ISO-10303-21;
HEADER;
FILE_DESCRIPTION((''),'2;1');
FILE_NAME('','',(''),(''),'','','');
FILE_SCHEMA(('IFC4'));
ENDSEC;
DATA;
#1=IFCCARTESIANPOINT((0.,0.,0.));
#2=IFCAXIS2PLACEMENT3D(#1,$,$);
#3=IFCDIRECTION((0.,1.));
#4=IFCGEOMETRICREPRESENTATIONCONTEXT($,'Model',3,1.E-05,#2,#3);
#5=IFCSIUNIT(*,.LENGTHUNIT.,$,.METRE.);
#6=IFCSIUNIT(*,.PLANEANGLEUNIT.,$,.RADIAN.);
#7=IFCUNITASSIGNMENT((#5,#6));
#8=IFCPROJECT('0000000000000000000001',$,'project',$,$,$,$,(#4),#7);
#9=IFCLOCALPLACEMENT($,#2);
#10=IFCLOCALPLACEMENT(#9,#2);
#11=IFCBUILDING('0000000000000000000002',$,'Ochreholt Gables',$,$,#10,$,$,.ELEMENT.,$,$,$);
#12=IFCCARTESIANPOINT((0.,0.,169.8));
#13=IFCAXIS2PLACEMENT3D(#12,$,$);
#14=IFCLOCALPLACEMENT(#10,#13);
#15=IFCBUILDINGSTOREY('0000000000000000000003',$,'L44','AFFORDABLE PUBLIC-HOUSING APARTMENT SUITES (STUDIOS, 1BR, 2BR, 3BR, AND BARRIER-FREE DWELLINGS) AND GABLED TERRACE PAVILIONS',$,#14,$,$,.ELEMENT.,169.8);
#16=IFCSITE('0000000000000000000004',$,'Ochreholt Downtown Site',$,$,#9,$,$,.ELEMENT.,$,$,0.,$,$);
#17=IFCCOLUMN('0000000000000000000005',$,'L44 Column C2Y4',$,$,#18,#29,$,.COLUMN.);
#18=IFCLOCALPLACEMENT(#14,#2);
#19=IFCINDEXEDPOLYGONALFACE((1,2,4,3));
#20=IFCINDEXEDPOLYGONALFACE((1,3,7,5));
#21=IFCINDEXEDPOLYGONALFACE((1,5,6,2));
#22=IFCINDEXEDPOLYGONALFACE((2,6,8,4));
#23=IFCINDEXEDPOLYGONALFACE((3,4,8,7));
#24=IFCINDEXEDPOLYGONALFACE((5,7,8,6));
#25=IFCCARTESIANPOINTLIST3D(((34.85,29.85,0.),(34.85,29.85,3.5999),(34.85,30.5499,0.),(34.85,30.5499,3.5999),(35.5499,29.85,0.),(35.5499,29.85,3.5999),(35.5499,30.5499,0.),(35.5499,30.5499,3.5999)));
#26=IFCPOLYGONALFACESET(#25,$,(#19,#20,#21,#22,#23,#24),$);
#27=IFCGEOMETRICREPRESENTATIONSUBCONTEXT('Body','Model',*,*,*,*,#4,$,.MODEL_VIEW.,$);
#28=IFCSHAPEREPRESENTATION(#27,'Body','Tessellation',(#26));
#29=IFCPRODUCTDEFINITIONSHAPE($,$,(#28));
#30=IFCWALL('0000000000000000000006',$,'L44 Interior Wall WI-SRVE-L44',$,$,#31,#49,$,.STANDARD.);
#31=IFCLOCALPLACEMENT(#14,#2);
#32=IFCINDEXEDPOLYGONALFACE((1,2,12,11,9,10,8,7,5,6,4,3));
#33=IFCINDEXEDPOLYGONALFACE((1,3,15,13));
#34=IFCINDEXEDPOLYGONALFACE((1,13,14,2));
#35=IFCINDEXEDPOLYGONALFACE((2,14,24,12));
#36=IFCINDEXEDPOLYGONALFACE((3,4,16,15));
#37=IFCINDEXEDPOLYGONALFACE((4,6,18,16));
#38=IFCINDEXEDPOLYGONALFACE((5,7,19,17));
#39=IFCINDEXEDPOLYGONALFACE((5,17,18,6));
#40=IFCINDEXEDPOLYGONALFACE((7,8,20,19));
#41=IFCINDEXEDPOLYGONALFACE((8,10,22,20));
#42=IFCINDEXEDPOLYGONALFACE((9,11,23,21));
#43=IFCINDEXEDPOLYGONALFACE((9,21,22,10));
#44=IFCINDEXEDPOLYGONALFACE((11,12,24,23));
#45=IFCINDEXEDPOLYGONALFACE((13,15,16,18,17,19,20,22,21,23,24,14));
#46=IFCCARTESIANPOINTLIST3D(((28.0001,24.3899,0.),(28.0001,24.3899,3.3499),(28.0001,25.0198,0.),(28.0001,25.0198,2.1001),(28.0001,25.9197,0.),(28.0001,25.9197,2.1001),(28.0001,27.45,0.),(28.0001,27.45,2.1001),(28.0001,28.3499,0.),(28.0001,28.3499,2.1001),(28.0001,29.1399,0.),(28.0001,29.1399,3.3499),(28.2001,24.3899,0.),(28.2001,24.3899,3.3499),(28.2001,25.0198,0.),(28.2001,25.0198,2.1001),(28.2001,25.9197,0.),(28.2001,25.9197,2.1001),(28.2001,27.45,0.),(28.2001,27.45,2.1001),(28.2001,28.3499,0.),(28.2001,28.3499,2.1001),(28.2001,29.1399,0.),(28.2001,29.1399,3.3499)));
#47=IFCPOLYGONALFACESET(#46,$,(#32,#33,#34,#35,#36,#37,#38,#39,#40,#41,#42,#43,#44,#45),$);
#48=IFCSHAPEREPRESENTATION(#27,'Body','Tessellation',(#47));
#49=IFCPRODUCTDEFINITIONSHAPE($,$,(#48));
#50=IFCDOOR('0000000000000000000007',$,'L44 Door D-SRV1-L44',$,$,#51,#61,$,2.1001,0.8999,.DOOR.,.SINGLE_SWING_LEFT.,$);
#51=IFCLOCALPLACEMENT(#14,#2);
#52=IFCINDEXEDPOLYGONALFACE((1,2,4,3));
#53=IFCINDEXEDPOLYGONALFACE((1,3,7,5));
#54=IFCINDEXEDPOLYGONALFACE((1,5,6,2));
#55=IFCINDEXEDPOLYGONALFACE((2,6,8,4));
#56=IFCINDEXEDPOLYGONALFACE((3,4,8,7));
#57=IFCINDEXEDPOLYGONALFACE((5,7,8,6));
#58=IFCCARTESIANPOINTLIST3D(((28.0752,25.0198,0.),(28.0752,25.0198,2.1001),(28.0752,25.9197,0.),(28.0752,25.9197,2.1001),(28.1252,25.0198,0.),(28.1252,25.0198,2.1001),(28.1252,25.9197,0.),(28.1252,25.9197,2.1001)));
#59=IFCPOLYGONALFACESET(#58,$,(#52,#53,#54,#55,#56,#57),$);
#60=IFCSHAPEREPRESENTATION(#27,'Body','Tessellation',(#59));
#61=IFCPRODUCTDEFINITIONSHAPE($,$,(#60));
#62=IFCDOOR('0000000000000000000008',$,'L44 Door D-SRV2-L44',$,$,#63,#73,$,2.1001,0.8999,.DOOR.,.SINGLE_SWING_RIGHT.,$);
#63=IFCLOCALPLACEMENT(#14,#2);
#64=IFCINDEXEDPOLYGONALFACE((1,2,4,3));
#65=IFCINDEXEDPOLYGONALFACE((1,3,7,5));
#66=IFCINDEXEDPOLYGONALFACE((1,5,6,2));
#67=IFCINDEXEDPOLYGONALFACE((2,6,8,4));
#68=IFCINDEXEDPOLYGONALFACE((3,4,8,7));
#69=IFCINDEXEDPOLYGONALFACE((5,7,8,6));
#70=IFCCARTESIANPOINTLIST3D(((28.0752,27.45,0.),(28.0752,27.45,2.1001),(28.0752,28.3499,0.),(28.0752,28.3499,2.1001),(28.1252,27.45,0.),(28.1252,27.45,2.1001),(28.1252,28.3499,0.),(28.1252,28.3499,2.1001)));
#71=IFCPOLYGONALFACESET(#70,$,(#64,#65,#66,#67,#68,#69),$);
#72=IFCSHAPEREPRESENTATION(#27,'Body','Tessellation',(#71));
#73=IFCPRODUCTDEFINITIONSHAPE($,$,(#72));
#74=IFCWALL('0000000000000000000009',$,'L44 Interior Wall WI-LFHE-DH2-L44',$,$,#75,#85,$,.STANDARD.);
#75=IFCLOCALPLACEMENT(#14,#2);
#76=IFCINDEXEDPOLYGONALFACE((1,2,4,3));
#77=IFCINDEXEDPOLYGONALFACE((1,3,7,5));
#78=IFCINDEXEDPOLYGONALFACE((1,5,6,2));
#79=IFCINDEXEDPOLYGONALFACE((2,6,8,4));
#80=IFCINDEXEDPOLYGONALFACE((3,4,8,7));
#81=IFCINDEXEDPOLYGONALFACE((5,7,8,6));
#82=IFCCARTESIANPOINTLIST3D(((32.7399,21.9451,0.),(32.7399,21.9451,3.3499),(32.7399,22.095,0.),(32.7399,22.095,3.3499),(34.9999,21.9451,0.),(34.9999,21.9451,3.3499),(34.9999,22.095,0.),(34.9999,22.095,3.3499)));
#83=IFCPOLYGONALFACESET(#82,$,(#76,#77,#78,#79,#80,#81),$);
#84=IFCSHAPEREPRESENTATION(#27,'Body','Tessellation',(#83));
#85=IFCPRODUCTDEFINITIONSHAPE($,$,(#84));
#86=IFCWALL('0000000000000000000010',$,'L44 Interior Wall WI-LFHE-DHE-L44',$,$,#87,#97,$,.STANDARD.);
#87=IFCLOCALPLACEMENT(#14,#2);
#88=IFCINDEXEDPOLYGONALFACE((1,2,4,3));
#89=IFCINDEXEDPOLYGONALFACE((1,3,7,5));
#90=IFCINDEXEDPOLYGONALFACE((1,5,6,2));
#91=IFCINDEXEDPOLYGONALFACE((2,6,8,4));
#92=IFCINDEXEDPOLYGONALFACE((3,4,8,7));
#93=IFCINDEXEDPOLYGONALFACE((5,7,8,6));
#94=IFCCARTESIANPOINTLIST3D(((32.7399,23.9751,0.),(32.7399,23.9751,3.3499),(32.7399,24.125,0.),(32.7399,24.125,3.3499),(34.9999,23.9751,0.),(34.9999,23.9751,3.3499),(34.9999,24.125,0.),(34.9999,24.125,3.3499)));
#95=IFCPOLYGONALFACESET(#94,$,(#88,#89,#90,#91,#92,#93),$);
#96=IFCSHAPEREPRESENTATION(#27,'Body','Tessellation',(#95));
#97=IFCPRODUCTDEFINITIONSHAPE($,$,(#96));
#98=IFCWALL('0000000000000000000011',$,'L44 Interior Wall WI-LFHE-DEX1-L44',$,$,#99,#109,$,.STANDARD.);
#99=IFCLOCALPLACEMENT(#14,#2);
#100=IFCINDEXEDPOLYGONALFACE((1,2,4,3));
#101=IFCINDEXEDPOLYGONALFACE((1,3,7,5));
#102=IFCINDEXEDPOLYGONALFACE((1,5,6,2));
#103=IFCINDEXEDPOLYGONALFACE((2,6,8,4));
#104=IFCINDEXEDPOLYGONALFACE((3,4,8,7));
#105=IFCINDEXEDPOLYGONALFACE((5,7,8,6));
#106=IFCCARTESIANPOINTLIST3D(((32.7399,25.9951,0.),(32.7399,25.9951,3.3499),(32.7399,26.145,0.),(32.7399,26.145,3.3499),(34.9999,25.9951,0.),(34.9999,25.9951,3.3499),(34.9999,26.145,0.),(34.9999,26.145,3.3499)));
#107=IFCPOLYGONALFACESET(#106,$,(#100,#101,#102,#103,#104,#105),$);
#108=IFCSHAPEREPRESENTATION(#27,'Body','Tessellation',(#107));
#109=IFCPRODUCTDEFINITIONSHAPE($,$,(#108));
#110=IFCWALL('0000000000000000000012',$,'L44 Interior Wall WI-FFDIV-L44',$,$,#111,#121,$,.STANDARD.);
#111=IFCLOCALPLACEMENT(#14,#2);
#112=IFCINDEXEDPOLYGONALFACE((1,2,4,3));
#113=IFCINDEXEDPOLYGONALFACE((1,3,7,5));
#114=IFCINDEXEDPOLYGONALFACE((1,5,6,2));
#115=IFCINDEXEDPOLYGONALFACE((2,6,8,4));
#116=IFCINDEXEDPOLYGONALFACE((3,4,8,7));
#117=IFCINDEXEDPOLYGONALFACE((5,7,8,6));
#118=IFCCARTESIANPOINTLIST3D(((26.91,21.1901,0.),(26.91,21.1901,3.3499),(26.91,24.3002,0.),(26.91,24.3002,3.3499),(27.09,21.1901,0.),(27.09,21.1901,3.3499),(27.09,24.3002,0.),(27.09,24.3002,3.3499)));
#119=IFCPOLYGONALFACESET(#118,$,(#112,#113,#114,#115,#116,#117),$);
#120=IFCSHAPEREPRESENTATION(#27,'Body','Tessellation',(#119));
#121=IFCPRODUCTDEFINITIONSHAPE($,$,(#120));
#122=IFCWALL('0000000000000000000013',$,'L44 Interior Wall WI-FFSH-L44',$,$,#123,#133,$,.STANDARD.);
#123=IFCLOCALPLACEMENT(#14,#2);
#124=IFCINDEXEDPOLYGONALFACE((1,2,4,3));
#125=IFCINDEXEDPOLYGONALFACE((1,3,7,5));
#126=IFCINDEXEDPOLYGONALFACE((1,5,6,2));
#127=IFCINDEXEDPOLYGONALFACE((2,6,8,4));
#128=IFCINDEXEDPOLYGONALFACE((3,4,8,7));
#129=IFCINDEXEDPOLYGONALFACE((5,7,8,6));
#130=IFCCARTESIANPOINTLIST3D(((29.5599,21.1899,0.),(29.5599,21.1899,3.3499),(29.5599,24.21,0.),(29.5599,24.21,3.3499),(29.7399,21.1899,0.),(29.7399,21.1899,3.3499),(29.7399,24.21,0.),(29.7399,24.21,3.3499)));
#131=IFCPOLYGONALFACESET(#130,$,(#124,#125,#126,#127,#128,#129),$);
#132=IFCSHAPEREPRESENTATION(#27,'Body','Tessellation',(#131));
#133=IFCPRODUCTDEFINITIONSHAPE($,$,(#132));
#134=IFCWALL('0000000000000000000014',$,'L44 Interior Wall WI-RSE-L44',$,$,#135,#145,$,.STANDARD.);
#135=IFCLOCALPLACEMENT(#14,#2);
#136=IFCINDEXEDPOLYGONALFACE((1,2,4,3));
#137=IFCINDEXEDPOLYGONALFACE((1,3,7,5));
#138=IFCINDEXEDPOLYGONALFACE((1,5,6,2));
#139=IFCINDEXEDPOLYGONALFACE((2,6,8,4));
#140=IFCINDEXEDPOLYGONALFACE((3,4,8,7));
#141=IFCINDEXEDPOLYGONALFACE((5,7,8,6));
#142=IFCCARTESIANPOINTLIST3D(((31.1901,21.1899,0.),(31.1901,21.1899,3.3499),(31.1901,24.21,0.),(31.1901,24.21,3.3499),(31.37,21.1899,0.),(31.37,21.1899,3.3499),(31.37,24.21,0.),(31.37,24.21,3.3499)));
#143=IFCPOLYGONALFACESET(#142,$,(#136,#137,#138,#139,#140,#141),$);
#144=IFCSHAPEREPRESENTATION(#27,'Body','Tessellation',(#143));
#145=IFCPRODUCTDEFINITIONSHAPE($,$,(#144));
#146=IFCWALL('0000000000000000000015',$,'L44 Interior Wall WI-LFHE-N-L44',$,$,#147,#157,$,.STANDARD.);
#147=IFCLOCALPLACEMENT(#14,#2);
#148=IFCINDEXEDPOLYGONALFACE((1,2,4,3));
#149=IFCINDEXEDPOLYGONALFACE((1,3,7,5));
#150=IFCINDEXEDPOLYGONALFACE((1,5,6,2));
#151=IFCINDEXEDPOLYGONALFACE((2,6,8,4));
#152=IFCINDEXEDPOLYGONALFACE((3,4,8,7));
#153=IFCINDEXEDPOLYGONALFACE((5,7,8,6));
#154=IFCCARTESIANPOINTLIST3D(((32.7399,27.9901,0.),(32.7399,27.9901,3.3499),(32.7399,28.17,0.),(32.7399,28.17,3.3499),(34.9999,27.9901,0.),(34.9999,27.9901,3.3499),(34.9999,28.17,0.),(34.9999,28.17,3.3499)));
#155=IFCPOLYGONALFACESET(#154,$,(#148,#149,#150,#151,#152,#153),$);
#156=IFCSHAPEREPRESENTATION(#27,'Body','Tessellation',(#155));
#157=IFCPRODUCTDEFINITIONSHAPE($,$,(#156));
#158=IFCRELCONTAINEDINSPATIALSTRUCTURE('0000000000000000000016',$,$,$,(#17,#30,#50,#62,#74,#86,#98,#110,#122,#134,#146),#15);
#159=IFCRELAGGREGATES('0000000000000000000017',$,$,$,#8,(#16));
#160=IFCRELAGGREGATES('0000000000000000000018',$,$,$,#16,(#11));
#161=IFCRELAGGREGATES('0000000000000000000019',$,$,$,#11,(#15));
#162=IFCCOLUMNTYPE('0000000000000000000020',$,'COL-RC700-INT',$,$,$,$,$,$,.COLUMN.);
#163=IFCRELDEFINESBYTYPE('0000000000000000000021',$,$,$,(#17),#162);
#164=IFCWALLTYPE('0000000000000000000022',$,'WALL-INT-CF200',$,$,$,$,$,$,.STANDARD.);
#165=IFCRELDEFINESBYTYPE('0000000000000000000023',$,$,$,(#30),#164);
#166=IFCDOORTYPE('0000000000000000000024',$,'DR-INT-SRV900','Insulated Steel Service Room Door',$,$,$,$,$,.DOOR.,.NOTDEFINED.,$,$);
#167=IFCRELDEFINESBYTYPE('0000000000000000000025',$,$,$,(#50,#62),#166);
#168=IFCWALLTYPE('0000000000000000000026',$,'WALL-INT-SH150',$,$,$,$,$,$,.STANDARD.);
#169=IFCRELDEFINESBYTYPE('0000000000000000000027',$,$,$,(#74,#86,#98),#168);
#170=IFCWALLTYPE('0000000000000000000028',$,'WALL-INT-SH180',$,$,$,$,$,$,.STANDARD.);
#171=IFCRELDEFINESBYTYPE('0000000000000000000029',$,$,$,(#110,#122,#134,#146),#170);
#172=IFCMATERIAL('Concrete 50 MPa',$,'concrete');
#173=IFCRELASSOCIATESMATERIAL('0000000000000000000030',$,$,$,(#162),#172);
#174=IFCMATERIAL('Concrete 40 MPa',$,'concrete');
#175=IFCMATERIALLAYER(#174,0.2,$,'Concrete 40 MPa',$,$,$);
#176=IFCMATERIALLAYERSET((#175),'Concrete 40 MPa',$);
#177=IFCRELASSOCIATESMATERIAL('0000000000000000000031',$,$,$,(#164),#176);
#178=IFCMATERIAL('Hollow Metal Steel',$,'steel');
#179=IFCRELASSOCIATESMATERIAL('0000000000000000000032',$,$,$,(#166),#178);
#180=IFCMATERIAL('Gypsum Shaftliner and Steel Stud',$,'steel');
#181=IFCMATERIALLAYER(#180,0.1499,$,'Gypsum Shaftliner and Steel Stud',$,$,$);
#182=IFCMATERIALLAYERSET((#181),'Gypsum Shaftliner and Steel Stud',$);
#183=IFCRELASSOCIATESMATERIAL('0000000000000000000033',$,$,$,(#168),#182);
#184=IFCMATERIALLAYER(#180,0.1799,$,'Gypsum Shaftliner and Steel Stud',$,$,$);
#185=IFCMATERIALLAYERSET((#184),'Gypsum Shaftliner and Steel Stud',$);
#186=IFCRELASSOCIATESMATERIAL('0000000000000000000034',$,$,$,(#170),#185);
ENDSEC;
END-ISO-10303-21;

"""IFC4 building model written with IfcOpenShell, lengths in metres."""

from ifc_helpers import new_model, si_unit, direction, frame, frame_2d, origin, origin_2d, place, context, subcontext, project, spatial, rectangle, extrude, material, layer, layer_set, material_profile, profile_set, type_object, element, fill, save


model = new_model("IFC4")

# Units and contexts
model_context = context("Model", 3, precision=1e-05, world=origin(), true_north=direction((0.0, 1.0)))
body_context = subcontext(model_context, "Body", "Model", "MODEL_VIEW")
ifc_project = project(units=[si_unit("LENGTHUNIT", "METRE"), si_unit("PLANEANGLEUNIT", "RADIAN")], contexts=[model_context])

# Site, building, storey
site_placement = place(None, origin())
site = spatial("IfcSite", under=ifc_project, at=site_placement, Name="Ochreholt Downtown Site", CompositionType="ELEMENT", RefElevation=0.0)
building_placement = place(site_placement, origin())
building = spatial("IfcBuilding", under=site, at=building_placement, Name="Ochreholt Gables", CompositionType="ELEMENT")
storey_placement = place(building_placement, frame((0.0, 0.0, 169.8)))
storey = spatial("IfcBuildingStorey", under=building, at=storey_placement, Name="L44", Description="AFFORDABLE PUBLIC-HOUSING APARTMENT SUITES (STUDIOS, 1BR, 2BR, 3BR, AND BARRIER-FREE DWELLINGS) AND GABLED TERRACE PAVILIONS", CompositionType="ELEMENT", Elevation=169.8)

# Column
ifc_material_1 = material(Name="Concrete 50 MPa", Category="concrete")
ifc_material_profile = material_profile(ifc_material_1, rectangle(XDim=0.7, YDim=0.7, at=origin_2d()), Name="RC700X700")
ifc_profile_set = profile_set([ifc_material_profile], Name="Concrete 50 MPa")
column_type = type_object("IfcColumnType", Name="COL-RC700-INT", PredefinedType="COLUMN", material=ifc_profile_set)
column_placement = place(storey_placement, frame((35.2, 30.2, 0.0), z_axis=(0.0, 0.0, 1.0), x_axis=(1.0, 0.0, 0.0)))
element("IfcColumn", 1, at=column_placement, inside=storey, type_object=column_type, Name="L44 Column C2Y4", PredefinedType="COLUMN", context=body_context, shape_type="SweptSolid", body=[
    extrude(rectangle(XDim=0.7, YDim=0.7, at=origin_2d()), origin(), (0.0, 0.0, 1.0), 3.5999),
])

# Wall, openings, doors
ifc_material_2 = material(Name="Concrete 40 MPa", Category="concrete")
ifc_layer_1 = layer(ifc_material_2, 0.2, Name="Concrete 40 MPa")
ifc_layer_set_1 = layer_set([ifc_layer_1], Name="Concrete 40 MPa")
wall_type_1 = type_object("IfcWallType", Name="WALL-INT-CF200", PredefinedType="STANDARD", material=ifc_layer_set_1)
wall_1_placement = place(storey_placement, frame((28.1001, 24.3899, 0.0), z_axis=(0.0, 0.0, 1.0), x_axis=(0.0, 1.0, 0.0)))
wall_1 = element("IfcWall", 2, at=wall_1_placement, inside=storey, type_object=wall_type_1, Name="L44 Interior Wall WI-SRVE-L44", PredefinedType="STANDARD", context=body_context, shape_type="SweptSolid", body=[
    extrude(rectangle(XDim=4.75, YDim=0.2, at=frame_2d((2.375, 0.0))), origin(), (0.0, 0.0, 1.0), 3.3499),
])
opening_1_placement = place(wall_1_placement, frame((0.6299, 0.0, 0.0)))
opening_1 = element("IfcOpeningElement", 3, at=opening_1_placement, cuts=wall_1, PredefinedType="OPENING", context=body_context, shape_type="SweptSolid", body=[
    extrude(rectangle(XDim=0.8999, YDim=2.1001, at=frame_2d((0.45, 1.05))), frame((0.0, 0.1099, 0.0), z_axis=(0.0, -1.0, 0.0), x_axis=(1.0, 0.0, 0.0)), (0.0, 0.0, 1.0), 0.22),
])
opening_2_placement = place(wall_1_placement, frame((3.0601, 0.0, 0.0)))
opening_2 = element("IfcOpeningElement", 4, at=opening_2_placement, cuts=wall_1, PredefinedType="OPENING", context=body_context, shape_type="SweptSolid", body=[
    extrude(rectangle(XDim=0.8999, YDim=2.1001, at=frame_2d((0.45, 1.05))), frame((0.0, 0.1099, 0.0), z_axis=(0.0, -1.0, 0.0), x_axis=(1.0, 0.0, 0.0)), (0.0, 0.0, 1.0), 0.22),
])
ifc_material_3 = material(Name="Hollow Metal Steel", Category="steel")
door_type_1 = type_object("IfcDoorType", Name="DR-INT-SRV900", Description="Insulated Steel Service Room Door", OperationType="NOTDEFINED", PredefinedType="DOOR", material=ifc_material_3)
door_1_placement = place(opening_1_placement, origin())
door_1 = element("IfcDoor", 5, at=door_1_placement, inside=storey, type_object=door_type_1, Name="L44 Door D-SRV1-L44", OperationType="SINGLE_SWING_LEFT", OverallHeight=2.1001, OverallWidth=0.8999, PredefinedType="DOOR", context=body_context, shape_type="SweptSolid", body=[
    extrude(rectangle(XDim=0.8999, YDim=2.1001, at=frame_2d((0.45, 1.05))), frame((0.0, 0.0249, 0.0), z_axis=(0.0, -1.0, 0.0), x_axis=(1.0, 0.0, 0.0)), (0.0, 0.0, 1.0), 0.05),
])
fill(opening_1, door_1)
door_2_placement = place(opening_2_placement, origin())
door_2 = element("IfcDoor", 6, at=door_2_placement, inside=storey, type_object=door_type_1, Name="L44 Door D-SRV2-L44", OperationType="SINGLE_SWING_RIGHT", OverallHeight=2.1001, OverallWidth=0.8999, PredefinedType="DOOR", context=body_context, shape_type="SweptSolid", body=[
    extrude(rectangle(XDim=0.8999, YDim=2.1001, at=frame_2d((0.45, 1.05))), frame((0.0, 0.0249, 0.0), z_axis=(0.0, -1.0, 0.0), x_axis=(1.0, 0.0, 0.0)), (0.0, 0.0, 1.0), 0.05),
])
fill(opening_2, door_2)

# Walls
ifc_material_4 = material(Name="Gypsum Shaftliner and Steel Stud", Category="steel")
ifc_layer_2 = layer(ifc_material_4, 0.1499, Name="Gypsum Shaftliner and Steel Stud")
ifc_layer_set_2 = layer_set([ifc_layer_2], Name="Gypsum Shaftliner and Steel Stud")
wall_type_2 = type_object("IfcWallType", Name="WALL-INT-SH150", PredefinedType="STANDARD", material=ifc_layer_set_2)
for number, where, z_axis, x_axis, name in (
    (7, (32.74, 22.02, 0.0), (0.0, 0.0, 1.0), (1.0, 0.0, 0.0), "L44 Interior Wall WI-LFHE-DH2-L44"),
    (8, (32.74, 24.05, 0.0), (0.0, 0.0, 1.0), (1.0, 0.0, 0.0), "L44 Interior Wall WI-LFHE-DHE-L44"),
    (9, (32.74, 26.0701, 0.0), (0.0, 0.0, 1.0), (1.0, 0.0, 0.0), "L44 Interior Wall WI-LFHE-DEX1-L44"),
):
    element("IfcWall", number, at=place(storey_placement, frame(where, z_axis=z_axis, x_axis=x_axis)), inside=storey, type_object=wall_type_2, Name=name, PredefinedType="STANDARD", context=body_context, shape_type="SweptSolid", body=[
        extrude(rectangle(XDim=2.26, YDim=0.1499, at=frame_2d((1.1299, 0.0))), origin(), (0.0, 0.0, 1.0), 3.3499),
    ])
ifc_layer_3 = layer(ifc_material_4, 0.1799, Name="Gypsum Shaftliner and Steel Stud")
ifc_layer_set_3 = layer_set([ifc_layer_3], Name="Gypsum Shaftliner and Steel Stud")
wall_type_3 = type_object("IfcWallType", Name="WALL-INT-SH180", PredefinedType="STANDARD", material=ifc_layer_set_3)
wall_2_placement = place(storey_placement, frame((27.0, 21.1899, 0.0), z_axis=(0.0, 0.0, 1.0), x_axis=(0.0, 1.0, 0.0)))
element("IfcWall", 10, at=wall_2_placement, inside=storey, type_object=wall_type_3, Name="L44 Interior Wall WI-FFDIV-L44", PredefinedType="STANDARD", context=body_context, shape_type="SweptSolid", body=[
    extrude(rectangle(XDim=3.1101, YDim=0.1799, at=frame_2d((1.5552, 0.0))), origin(), (0.0, 0.0, 1.0), 3.3499),
])
for number, where, z_axis, x_axis, name in (
    (11, (29.6499, 21.1899, 0.0), (0.0, 0.0, 1.0), (0.0, 1.0, 0.0), "L44 Interior Wall WI-FFSH-L44"),
    (12, (31.28, 21.1899, 0.0), (0.0, 0.0, 1.0), (0.0, 1.0, 0.0), "L44 Interior Wall WI-RSE-L44"),
):
    element("IfcWall", number, at=place(storey_placement, frame(where, z_axis=z_axis, x_axis=x_axis)), inside=storey, type_object=wall_type_3, Name=name, PredefinedType="STANDARD", context=body_context, shape_type="SweptSolid", body=[
        extrude(rectangle(XDim=3.02, YDim=0.1799, at=frame_2d((1.51, 0.0))), origin(), (0.0, 0.0, 1.0), 3.3499),
    ])
wall_3_placement = place(storey_placement, frame((32.74, 28.0801, 0.0), z_axis=(0.0, 0.0, 1.0), x_axis=(1.0, 0.0, 0.0)))
element("IfcWall", 13, at=wall_3_placement, inside=storey, type_object=wall_type_3, Name="L44 Interior Wall WI-LFHE-N-L44", PredefinedType="STANDARD", context=body_context, shape_type="SweptSolid", body=[
    extrude(rectangle(XDim=2.26, YDim=0.1799, at=frame_2d((1.1299, 0.0))), origin(), (0.0, 0.0, 1.0), 3.3499),
])

save(model, "model.ifc")
